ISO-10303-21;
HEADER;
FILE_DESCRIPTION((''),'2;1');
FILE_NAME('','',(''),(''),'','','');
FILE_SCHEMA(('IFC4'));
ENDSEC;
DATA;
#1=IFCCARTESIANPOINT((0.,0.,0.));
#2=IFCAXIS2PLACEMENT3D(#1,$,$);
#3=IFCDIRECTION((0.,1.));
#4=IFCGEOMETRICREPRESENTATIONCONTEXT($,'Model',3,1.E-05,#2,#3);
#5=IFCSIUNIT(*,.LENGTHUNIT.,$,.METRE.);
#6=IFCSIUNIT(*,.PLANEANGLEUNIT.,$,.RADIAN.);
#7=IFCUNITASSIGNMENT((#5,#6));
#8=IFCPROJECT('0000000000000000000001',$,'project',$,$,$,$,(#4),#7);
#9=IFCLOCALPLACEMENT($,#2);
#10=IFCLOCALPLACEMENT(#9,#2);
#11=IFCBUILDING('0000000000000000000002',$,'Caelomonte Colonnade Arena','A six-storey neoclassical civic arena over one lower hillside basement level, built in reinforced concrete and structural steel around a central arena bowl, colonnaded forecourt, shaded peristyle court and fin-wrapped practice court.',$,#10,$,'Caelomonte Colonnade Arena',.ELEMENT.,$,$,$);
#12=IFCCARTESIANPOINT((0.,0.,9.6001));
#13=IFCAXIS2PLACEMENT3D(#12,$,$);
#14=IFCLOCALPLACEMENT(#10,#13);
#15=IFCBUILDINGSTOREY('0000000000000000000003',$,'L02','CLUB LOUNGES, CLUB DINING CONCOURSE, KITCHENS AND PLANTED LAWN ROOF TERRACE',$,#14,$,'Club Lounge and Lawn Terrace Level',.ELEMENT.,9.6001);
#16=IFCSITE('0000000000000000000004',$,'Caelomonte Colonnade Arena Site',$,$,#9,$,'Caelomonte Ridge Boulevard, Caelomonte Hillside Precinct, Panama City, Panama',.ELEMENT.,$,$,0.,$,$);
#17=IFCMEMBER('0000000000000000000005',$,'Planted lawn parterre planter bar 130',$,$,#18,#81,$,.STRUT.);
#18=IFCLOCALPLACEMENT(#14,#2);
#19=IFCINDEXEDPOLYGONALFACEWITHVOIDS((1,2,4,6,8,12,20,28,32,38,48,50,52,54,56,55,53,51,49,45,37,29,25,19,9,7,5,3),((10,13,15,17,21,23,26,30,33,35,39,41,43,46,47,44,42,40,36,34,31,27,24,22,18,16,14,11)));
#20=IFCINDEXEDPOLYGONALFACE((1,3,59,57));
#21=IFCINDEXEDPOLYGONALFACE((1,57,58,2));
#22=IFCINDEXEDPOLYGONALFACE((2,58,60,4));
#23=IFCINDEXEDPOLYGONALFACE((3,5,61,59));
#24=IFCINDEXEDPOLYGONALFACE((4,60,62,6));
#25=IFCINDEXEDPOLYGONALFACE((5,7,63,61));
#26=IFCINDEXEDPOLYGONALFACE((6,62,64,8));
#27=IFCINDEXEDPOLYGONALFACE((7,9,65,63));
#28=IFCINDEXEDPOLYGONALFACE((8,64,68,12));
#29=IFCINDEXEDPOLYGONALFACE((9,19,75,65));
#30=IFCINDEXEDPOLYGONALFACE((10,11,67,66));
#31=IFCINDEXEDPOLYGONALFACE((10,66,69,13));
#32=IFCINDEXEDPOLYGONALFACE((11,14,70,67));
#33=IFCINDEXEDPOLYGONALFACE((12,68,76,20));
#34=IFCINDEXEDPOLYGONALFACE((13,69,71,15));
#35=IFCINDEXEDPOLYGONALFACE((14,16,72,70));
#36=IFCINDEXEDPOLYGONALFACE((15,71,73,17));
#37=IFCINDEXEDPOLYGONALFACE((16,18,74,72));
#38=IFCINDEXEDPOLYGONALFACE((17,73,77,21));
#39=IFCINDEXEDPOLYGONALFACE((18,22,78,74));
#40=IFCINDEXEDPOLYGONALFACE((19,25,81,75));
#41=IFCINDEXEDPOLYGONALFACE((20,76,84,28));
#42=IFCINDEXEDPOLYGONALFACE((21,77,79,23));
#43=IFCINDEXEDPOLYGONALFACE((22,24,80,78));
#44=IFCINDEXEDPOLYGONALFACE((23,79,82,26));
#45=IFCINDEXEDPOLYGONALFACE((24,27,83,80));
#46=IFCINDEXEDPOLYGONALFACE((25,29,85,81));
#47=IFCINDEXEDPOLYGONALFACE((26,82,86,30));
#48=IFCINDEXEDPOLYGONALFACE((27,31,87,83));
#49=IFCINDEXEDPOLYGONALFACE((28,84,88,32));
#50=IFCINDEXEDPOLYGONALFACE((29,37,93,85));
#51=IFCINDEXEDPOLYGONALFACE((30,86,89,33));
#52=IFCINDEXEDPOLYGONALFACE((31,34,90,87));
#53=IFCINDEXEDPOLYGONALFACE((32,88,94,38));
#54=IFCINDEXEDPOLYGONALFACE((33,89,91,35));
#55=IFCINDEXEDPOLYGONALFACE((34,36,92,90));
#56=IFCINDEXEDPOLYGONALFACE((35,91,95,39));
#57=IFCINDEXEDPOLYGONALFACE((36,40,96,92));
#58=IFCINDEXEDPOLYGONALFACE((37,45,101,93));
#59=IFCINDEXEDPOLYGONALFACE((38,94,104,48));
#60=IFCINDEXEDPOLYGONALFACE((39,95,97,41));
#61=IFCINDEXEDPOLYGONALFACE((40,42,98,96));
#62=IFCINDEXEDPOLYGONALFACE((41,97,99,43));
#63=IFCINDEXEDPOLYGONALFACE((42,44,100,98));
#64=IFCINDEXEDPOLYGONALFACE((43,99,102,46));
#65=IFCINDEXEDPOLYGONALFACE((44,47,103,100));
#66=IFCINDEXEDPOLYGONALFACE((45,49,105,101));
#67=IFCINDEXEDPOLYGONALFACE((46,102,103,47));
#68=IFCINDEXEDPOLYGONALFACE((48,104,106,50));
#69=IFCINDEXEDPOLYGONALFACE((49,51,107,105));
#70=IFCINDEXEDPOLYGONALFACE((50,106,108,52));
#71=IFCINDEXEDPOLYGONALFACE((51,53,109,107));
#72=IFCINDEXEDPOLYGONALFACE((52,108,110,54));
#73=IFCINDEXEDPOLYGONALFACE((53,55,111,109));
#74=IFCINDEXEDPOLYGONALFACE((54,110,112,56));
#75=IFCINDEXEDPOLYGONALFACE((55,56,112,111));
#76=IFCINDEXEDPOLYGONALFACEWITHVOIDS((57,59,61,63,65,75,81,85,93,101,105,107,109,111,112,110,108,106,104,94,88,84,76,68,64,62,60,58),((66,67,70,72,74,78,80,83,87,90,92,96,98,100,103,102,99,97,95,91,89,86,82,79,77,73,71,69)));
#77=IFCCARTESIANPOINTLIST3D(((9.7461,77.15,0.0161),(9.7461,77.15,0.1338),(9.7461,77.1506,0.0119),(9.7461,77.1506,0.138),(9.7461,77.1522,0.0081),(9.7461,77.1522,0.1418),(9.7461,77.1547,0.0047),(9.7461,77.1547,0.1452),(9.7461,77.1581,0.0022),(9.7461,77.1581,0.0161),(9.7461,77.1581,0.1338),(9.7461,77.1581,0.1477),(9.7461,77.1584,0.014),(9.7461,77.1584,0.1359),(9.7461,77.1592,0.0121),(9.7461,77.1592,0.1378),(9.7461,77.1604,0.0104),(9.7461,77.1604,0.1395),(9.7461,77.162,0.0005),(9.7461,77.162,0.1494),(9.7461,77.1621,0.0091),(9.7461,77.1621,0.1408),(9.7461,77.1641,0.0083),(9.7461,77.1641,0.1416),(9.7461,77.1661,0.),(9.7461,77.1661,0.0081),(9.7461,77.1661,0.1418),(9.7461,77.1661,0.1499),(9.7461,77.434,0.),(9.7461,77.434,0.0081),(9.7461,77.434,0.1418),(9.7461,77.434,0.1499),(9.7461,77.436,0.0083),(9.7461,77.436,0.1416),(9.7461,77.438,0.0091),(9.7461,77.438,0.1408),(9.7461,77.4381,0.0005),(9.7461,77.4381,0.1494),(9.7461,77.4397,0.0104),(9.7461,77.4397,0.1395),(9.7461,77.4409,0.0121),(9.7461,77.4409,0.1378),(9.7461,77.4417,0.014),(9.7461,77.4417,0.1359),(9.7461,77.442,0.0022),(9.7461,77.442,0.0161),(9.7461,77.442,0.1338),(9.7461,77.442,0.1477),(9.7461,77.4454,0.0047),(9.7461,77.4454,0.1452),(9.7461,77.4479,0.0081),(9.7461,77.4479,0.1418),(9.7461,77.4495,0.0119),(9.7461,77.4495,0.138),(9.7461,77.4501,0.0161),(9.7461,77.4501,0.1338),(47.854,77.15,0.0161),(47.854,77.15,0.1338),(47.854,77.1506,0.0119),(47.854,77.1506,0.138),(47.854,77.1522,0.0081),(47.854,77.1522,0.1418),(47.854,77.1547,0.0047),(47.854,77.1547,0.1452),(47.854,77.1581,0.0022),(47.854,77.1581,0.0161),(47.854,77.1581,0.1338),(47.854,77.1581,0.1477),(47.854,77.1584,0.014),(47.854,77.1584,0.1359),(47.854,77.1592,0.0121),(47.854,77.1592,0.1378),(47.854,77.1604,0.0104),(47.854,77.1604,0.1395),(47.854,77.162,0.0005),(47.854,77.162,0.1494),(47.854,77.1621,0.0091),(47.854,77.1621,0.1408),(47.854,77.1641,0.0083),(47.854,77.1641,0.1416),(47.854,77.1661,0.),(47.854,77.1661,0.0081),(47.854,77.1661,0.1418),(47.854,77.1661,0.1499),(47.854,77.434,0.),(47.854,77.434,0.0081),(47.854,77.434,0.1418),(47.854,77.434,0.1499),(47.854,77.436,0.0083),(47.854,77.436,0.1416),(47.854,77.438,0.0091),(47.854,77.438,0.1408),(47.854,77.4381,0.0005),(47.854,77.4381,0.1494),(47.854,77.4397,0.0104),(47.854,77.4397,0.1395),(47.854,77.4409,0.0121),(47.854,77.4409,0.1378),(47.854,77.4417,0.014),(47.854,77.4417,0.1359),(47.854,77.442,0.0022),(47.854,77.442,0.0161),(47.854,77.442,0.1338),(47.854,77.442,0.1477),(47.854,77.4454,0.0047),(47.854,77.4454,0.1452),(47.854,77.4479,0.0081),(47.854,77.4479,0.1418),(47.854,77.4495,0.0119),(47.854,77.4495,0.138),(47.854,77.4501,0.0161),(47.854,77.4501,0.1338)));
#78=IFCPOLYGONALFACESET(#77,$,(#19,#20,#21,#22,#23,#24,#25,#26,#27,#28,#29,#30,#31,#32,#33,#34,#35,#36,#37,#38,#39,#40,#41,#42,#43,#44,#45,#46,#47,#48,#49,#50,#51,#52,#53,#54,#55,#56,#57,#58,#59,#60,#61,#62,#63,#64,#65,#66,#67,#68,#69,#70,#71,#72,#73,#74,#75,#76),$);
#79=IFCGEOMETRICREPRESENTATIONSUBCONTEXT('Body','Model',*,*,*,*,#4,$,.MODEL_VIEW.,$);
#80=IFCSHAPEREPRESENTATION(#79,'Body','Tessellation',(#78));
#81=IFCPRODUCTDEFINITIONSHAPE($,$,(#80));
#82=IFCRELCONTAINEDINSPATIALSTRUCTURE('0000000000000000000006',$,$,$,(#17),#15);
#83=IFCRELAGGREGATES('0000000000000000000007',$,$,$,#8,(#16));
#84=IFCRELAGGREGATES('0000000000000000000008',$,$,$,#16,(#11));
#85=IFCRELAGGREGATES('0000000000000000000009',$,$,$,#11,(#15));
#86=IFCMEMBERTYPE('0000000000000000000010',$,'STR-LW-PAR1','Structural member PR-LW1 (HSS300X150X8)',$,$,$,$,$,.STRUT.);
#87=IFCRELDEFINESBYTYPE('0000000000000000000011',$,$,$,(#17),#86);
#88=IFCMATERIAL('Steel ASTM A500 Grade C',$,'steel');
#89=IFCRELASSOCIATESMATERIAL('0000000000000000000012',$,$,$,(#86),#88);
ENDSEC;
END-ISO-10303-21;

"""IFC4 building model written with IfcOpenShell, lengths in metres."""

from ifc_helpers import new_model, si_unit, direction, frame, origin, origin_2d, place, context, subcontext, project, spatial, hollow_rectangle, extrude, material, material_profile, profile_set, type_object, element, save


model = new_model("IFC4")

# Units and contexts
model_context = context("Model", 3, precision=1e-05, world=origin(), true_north=direction((0.0, 1.0)))
body_context = subcontext(model_context, "Body", "Model", "MODEL_VIEW")
ifc_project = project(units=[si_unit("LENGTHUNIT", "METRE"), si_unit("PLANEANGLEUNIT", "RADIAN")], contexts=[model_context])

# Site, building, storey
site_placement = place(None, origin())
site = spatial("IfcSite", under=ifc_project, at=site_placement, Name="Caelomonte Colonnade Arena Site", LongName="Caelomonte Ridge Boulevard, Caelomonte Hillside Precinct, Panama City, Panama", CompositionType="ELEMENT", RefElevation=0.0)
building_placement = place(site_placement, origin())
building = spatial("IfcBuilding", under=site, at=building_placement, Name="Caelomonte Colonnade Arena", Description="A six-storey neoclassical civic arena over one lower hillside basement level, built in reinforced concrete and structural steel around a central arena bowl, colonnaded forecourt, shaded peristyle court and fin-wrapped practice court.", LongName="Caelomonte Colonnade Arena", CompositionType="ELEMENT")
storey_placement = place(building_placement, frame((0.0, 0.0, 9.6001)))
storey = spatial("IfcBuildingStorey", under=building, at=storey_placement, Name="L02", Description="CLUB LOUNGES, CLUB DINING CONCOURSE, KITCHENS AND PLANTED LAWN ROOF TERRACE", LongName="Club Lounge and Lawn Terrace Level", CompositionType="ELEMENT", Elevation=9.6001)

# Member
ifc_material_1 = material(Name="Steel ASTM A500 Grade C", Category="steel")
ifc_material_profile_1 = material_profile(ifc_material_1, hollow_rectangle(XDim=0.3, YDim=0.1499, WallThickness=0.0081, InnerFilletRadius=0.0081, OuterFilletRadius=0.0161, at=origin_2d()), Name="HSS300X150X8")
ifc_profile_set_1 = profile_set([ifc_material_profile_1], Name="Steel ASTM A500 Grade C")
member_type = type_object("IfcMemberType", Name="STR-LW-PAR1", Description="Structural member PR-LW1 (HSS300X150X8)", PredefinedType="STRUT", material=ifc_profile_set_1)
member_placement = place(storey_placement, frame((9.7461, 77.3, 0.075), z_axis=(1.0, 0.0, 0.0), x_axis=(0.0, 1.0, 0.0)))
element("IfcMember", 1, at=member_placement, inside=storey, type_object=member_type, Name="Planted lawn parterre planter bar 130", PredefinedType="STRUT", context=body_context, shape_type="SweptSolid", body=[
    extrude(hollow_rectangle(XDim=0.3, YDim=0.1499, WallThickness=0.0081, InnerFilletRadius=0.0081, OuterFilletRadius=0.0161, at=origin_2d()), origin(), (0.0, 0.0, 1.0), 38.1079),
])

save(model, "model.ifc")
